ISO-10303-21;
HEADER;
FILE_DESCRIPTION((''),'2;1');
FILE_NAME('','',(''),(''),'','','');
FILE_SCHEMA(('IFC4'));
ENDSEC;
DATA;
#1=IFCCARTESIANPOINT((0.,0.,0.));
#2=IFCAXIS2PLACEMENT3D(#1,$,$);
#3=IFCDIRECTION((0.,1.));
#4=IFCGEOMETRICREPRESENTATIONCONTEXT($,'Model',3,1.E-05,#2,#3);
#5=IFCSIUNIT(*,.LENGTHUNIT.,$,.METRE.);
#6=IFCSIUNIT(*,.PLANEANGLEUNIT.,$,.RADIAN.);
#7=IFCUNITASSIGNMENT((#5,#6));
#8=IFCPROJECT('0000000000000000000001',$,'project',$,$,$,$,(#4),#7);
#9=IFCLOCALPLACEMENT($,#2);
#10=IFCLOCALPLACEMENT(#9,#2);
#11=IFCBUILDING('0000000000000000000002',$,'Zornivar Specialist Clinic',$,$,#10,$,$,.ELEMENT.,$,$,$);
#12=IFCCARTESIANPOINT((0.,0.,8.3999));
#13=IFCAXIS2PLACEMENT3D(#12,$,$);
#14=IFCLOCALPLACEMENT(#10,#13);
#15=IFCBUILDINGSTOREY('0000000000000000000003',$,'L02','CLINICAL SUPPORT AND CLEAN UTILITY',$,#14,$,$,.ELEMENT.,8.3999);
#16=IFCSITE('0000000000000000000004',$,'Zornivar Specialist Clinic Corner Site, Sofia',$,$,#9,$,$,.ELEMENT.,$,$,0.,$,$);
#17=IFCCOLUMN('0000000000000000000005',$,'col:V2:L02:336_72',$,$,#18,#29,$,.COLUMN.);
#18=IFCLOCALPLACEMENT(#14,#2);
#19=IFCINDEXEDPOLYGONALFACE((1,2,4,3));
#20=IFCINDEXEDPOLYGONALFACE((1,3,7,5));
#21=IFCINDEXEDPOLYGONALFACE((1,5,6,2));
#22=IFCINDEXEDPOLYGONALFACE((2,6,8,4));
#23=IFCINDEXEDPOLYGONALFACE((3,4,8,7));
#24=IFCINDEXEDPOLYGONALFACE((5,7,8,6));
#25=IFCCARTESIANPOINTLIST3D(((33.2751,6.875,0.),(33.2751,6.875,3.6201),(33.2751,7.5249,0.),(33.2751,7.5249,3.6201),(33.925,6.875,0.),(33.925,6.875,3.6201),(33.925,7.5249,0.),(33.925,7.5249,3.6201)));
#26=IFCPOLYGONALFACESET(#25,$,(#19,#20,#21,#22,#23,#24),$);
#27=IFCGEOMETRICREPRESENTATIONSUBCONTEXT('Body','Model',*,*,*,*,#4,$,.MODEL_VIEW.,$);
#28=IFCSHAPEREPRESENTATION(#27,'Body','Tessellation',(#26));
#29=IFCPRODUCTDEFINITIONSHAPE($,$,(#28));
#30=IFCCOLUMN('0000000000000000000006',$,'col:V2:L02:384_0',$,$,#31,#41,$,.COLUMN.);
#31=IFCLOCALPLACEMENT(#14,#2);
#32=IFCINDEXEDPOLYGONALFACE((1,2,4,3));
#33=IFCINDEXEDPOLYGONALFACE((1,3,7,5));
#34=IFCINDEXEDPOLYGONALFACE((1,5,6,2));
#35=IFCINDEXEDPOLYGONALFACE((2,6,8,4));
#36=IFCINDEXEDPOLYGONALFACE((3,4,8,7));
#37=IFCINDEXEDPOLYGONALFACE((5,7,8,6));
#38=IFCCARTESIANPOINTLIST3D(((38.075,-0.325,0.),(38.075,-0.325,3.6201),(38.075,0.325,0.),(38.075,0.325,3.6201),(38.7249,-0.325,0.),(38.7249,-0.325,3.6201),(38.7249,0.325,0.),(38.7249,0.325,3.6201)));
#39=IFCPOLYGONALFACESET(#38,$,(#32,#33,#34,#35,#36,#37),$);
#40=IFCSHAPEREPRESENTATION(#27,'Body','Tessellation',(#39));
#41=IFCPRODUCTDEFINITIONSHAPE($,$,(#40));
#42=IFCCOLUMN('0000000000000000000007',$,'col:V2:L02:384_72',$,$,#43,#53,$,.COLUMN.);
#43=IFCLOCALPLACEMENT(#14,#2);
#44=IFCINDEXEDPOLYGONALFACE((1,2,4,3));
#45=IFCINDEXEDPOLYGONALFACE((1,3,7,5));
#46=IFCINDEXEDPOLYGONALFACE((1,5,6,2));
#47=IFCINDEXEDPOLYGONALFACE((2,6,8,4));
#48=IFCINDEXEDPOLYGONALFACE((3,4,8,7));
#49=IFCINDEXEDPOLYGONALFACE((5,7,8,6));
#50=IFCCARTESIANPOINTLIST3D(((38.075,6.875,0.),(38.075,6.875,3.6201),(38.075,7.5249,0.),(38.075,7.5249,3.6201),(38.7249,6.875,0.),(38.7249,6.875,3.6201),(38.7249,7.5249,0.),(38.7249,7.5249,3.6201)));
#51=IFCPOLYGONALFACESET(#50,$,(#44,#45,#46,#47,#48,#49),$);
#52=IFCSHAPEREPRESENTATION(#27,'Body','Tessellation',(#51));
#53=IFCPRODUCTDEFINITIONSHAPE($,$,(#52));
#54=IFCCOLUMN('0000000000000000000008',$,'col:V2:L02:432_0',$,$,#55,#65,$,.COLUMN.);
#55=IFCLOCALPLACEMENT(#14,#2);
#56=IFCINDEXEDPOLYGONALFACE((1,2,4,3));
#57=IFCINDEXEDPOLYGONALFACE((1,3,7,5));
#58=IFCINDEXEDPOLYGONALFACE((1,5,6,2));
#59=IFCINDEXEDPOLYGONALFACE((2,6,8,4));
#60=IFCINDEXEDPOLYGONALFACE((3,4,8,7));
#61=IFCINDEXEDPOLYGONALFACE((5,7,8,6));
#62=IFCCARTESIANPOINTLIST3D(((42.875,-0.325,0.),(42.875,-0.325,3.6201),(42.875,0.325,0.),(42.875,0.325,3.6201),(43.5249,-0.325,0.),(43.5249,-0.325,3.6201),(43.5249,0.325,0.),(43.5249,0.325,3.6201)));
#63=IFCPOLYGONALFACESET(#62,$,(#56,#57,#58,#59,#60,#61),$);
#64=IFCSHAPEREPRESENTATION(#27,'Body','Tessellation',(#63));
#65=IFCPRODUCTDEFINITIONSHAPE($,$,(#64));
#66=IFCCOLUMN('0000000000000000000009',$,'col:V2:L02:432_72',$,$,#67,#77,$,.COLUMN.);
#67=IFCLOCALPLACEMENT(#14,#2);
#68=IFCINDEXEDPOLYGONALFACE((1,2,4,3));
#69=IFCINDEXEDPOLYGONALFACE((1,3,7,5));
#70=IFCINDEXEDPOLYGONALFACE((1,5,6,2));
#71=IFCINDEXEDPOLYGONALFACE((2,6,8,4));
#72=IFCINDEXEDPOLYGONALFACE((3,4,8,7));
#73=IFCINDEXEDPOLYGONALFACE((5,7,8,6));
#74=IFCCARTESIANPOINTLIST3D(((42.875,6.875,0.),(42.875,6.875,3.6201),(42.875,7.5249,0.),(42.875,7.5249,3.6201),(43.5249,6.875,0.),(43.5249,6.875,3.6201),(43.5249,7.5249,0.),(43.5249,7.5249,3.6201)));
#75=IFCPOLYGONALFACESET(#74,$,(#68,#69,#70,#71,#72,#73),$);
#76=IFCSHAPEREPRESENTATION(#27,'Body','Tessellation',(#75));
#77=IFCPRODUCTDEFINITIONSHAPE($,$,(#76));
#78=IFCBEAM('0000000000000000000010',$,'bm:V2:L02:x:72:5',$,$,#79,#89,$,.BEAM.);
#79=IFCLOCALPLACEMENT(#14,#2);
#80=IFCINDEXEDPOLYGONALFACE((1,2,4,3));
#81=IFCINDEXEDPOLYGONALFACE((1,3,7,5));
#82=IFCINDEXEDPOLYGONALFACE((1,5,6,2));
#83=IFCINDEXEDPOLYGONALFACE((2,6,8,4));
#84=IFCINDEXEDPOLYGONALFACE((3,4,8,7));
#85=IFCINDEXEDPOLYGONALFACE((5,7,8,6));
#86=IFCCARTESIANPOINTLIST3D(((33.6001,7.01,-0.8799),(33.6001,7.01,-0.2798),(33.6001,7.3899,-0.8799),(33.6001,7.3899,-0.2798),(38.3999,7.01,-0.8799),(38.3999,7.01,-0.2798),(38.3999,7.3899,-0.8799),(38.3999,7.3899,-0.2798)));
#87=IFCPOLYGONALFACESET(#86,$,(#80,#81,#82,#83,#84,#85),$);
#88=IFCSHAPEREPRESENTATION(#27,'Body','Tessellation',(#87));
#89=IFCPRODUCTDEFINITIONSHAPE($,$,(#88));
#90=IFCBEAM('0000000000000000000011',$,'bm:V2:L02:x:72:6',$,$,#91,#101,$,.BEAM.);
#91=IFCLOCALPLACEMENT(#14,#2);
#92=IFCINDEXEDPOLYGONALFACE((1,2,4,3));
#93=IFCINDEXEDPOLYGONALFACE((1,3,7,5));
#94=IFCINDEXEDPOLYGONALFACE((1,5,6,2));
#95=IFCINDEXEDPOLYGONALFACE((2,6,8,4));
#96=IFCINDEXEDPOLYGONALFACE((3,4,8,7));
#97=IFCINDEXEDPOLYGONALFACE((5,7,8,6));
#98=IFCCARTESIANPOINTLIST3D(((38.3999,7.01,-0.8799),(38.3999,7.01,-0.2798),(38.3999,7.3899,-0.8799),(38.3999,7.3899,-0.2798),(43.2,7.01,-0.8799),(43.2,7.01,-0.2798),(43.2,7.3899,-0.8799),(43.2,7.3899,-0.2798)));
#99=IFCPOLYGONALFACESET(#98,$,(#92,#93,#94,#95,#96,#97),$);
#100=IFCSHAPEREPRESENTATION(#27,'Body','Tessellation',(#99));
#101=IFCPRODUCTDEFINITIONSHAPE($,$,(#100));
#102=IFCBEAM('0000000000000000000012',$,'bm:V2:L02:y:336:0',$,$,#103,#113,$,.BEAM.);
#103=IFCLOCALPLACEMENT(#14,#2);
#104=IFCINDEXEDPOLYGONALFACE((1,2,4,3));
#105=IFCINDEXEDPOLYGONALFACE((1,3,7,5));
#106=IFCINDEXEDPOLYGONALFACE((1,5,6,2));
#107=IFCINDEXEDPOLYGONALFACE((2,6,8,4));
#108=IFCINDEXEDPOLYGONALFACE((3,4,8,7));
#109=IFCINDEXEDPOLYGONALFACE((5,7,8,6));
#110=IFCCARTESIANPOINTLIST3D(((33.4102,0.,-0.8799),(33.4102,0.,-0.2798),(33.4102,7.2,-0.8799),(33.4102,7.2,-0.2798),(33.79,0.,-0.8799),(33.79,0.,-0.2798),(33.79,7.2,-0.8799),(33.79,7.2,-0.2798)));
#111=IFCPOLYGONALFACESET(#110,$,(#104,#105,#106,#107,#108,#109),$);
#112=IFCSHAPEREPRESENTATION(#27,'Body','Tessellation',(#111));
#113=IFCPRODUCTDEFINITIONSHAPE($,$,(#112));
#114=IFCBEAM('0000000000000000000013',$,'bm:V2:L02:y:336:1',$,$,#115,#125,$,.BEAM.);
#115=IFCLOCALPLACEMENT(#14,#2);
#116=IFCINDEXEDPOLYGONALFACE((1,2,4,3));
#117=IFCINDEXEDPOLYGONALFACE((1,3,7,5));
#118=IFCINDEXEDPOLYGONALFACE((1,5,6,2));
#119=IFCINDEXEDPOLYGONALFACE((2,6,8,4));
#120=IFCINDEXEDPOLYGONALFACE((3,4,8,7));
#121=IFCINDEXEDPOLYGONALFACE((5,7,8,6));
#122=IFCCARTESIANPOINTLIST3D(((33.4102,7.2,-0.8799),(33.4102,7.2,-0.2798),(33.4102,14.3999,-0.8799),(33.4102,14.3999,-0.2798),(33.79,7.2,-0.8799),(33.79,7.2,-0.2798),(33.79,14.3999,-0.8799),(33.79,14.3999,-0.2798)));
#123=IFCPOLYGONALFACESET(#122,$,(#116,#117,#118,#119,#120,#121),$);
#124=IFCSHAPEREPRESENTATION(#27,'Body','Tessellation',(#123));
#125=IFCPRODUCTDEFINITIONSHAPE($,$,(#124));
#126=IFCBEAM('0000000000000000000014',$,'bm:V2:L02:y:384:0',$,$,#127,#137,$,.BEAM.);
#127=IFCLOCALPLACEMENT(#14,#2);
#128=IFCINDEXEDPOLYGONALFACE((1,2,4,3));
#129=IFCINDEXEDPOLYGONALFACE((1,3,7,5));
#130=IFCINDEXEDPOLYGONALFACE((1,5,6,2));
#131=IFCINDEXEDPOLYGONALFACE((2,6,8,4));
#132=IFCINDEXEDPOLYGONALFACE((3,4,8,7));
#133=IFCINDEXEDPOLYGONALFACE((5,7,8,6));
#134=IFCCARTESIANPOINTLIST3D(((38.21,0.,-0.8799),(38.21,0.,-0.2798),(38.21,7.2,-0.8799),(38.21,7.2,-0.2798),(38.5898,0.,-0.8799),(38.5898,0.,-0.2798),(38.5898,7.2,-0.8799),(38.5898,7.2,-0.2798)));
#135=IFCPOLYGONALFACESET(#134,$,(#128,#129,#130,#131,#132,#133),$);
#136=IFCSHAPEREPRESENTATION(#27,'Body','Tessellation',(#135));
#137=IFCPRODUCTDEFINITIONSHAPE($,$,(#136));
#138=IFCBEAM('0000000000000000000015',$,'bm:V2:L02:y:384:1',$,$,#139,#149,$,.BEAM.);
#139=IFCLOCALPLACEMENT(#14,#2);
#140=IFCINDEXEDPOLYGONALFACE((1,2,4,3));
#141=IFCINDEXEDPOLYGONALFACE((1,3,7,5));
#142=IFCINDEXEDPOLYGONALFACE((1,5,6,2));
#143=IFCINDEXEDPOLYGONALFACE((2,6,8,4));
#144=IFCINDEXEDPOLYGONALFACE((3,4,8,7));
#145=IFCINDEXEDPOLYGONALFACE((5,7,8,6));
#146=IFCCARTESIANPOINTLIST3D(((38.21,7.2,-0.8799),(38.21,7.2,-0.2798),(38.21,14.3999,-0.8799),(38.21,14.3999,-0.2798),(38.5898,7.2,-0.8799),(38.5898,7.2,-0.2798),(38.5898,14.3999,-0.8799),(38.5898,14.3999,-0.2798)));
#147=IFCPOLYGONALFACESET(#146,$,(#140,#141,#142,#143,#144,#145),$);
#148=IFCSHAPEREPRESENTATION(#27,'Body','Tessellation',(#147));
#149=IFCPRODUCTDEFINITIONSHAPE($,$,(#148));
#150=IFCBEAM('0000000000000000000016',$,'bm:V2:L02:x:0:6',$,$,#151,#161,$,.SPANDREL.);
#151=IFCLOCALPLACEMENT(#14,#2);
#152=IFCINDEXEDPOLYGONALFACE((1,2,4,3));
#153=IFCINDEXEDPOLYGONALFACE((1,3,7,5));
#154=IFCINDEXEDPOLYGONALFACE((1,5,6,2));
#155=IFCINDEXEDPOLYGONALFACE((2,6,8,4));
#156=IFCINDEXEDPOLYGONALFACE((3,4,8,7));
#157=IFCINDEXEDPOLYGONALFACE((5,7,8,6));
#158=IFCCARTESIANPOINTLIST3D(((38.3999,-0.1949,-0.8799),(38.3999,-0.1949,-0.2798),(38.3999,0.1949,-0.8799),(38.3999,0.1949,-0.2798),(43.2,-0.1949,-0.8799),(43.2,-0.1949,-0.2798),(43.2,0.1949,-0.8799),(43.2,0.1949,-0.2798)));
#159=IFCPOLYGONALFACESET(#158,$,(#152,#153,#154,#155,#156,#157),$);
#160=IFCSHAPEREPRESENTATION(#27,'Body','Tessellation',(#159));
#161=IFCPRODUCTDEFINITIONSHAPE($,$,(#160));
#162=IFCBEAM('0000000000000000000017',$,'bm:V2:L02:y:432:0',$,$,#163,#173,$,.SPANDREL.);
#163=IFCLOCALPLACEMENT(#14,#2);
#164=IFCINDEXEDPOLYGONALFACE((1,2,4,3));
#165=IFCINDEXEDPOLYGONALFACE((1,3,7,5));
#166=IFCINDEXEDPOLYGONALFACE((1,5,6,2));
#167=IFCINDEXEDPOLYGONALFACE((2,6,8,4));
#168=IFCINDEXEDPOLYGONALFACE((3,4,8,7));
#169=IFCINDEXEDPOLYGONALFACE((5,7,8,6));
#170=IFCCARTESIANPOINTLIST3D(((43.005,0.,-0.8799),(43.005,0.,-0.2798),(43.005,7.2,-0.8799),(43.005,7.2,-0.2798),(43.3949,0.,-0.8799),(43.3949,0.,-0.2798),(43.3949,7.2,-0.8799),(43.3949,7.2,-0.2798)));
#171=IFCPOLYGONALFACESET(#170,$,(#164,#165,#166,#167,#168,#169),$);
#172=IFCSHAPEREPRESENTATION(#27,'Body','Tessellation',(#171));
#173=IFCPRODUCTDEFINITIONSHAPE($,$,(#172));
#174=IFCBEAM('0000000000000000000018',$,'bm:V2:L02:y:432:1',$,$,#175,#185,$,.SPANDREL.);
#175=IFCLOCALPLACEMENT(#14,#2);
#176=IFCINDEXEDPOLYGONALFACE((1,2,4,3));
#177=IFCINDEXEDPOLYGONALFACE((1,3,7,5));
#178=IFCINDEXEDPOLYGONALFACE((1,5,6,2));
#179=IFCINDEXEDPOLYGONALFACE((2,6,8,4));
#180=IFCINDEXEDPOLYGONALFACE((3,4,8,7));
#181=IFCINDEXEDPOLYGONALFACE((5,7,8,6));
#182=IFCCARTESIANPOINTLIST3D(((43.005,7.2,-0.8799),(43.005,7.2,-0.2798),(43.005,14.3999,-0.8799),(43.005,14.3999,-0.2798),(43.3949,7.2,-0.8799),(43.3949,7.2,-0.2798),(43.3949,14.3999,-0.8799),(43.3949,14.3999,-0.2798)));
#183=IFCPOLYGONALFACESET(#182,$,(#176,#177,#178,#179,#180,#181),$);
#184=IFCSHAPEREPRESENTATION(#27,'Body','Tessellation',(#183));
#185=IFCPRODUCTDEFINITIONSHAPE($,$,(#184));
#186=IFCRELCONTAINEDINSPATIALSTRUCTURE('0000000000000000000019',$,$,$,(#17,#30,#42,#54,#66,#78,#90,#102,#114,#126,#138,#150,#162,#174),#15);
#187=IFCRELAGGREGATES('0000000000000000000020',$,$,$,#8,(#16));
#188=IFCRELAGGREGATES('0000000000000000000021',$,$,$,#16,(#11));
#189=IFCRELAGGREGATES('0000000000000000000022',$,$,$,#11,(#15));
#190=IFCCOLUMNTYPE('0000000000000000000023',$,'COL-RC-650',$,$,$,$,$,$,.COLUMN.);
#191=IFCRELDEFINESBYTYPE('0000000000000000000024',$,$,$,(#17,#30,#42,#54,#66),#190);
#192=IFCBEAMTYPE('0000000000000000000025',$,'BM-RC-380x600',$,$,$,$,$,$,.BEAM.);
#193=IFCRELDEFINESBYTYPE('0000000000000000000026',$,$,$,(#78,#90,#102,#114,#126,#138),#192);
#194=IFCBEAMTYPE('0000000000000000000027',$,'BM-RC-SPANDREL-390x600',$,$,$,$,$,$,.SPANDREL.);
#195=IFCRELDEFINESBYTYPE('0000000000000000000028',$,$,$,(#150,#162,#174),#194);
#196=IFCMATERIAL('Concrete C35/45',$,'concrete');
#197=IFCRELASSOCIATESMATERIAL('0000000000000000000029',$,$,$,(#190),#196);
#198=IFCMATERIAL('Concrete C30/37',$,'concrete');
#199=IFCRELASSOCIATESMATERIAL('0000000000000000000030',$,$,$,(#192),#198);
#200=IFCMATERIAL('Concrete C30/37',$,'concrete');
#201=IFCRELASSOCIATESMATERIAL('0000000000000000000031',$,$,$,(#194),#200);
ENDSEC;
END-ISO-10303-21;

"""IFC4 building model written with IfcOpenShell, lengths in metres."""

from ifc_helpers import new_model, si_unit, direction, frame, origin, origin_2d, place, context, subcontext, project, spatial, rectangle, extrude, material, material_profile, profile_set, type_object, element, save


model = new_model("IFC4")

# Units and contexts
model_context = context("Model", 3, precision=1e-05, world=origin(), true_north=direction((0.0, 1.0)))
body_context = subcontext(model_context, "Body", "Model", "MODEL_VIEW")
ifc_project = project(units=[si_unit("LENGTHUNIT", "METRE"), si_unit("PLANEANGLEUNIT", "RADIAN")], contexts=[model_context])

# Site, building, storey
site_placement = place(None, origin())
site = spatial("IfcSite", under=ifc_project, at=site_placement, Name="Zornivar Specialist Clinic Corner Site, Sofia", CompositionType="ELEMENT", RefElevation=0.0)
building_placement = place(site_placement, origin())
building = spatial("IfcBuilding", under=site, at=building_placement, Name="Zornivar Specialist Clinic", CompositionType="ELEMENT")
storey_placement = place(building_placement, frame((0.0, 0.0, 8.3999)))
storey = spatial("IfcBuildingStorey", under=building, at=storey_placement, Name="L02", Description="CLINICAL SUPPORT AND CLEAN UTILITY", CompositionType="ELEMENT", Elevation=8.3999)

# Columns
ifc_material_1 = material(Name="Concrete C35/45", Category="concrete")
ifc_material_profile_1 = material_profile(ifc_material_1, rectangle(XDim=0.6499, YDim=0.6499, at=origin_2d()), Name="RC 650x650")
ifc_profile_set_1 = profile_set([ifc_material_profile_1], Name="Concrete C35/45")
column_type = type_object("IfcColumnType", Name="COL-RC-650", PredefinedType="COLUMN", material=ifc_profile_set_1)
for number, where, z_axis, x_axis, name in (
    (1, (33.6001, 7.2, 0.0), (0.0, 0.0, 1.0), (1.0, 0.0, 0.0), "col:V2:L02:336_72"),
    (2, (38.3999, 0.0, 0.0), (0.0, 0.0, 1.0), (1.0, 0.0, 0.0), "col:V2:L02:384_0"),
    (3, (38.3999, 7.2, 0.0), (0.0, 0.0, 1.0), (1.0, 0.0, 0.0), "col:V2:L02:384_72"),
    (4, (43.2, 0.0, 0.0), (0.0, 0.0, 1.0), (1.0, 0.0, 0.0), "col:V2:L02:432_0"),
    (5, (43.2, 7.2, 0.0), (0.0, 0.0, 1.0), (1.0, 0.0, 0.0), "col:V2:L02:432_72"),
):
    element("IfcColumn", number, at=place(storey_placement, frame(where, z_axis=z_axis, x_axis=x_axis)), inside=storey, type_object=column_type, Name=name, PredefinedType="COLUMN", context=body_context, shape_type="SweptSolid", body=[
        extrude(rectangle(XDim=0.6499, YDim=0.6499, at=origin_2d()), origin(), (0.0, 0.0, 1.0), 3.6201),
    ])

# Beams
ifc_material_2 = material(Name="Concrete C30/37", Category="concrete")
ifc_material_profile_2 = material_profile(ifc_material_2, rectangle(XDim=0.3799, YDim=0.6001, at=origin_2d()), Name="RC 380x600")
ifc_profile_set_2 = profile_set([ifc_material_profile_2], Name="Concrete C30/37")
beam_type_1 = type_object("IfcBeamType", Name="BM-RC-380x600", PredefinedType="BEAM", material=ifc_profile_set_2)
beam_1_placement = place(storey_placement, frame((33.6001, 7.2, -0.5798), z_axis=(1.0, 0.0, 0.0), x_axis=(0.0, 1.0, 0.0)))
element("IfcBeam", 6, at=beam_1_placement, inside=storey, type_object=beam_type_1, Name="bm:V2:L02:x:72:5", PredefinedType="BEAM", context=body_context, shape_type="SweptSolid", body=[
    extrude(rectangle(XDim=0.3799, YDim=0.6001, at=origin_2d()), origin(), (0.0, 0.0, 1.0), 4.7998),
])
beam_2_placement = place(storey_placement, frame((38.3999, 7.2, -0.5798), z_axis=(1.0, 0.0, 0.0), x_axis=(0.0, 1.0, 0.0)))
element("IfcBeam", 7, at=beam_2_placement, inside=storey, type_object=beam_type_1, Name="bm:V2:L02:x:72:6", PredefinedType="BEAM", context=body_context, shape_type="SweptSolid", body=[
    extrude(rectangle(XDim=0.3799, YDim=0.6001, at=origin_2d()), origin(), (0.0, 0.0, 1.0), 4.8),
])
for number, where, z_axis, x_axis, name in (
    (8, (33.6001, 0.0, -0.5798), (0.0, 1.0, 0.0), (-1.0, 0.0, 0.0), "bm:V2:L02:y:336:0"),
    (9, (33.6001, 7.2, -0.5798), (0.0, 1.0, 0.0), (-1.0, 0.0, 0.0), "bm:V2:L02:y:336:1"),
    (10, (38.3999, 0.0, -0.5798), (0.0, 1.0, 0.0), (-1.0, 0.0, 0.0), "bm:V2:L02:y:384:0"),
    (11, (38.3999, 7.2, -0.5798), (0.0, 1.0, 0.0), (-1.0, 0.0, 0.0), "bm:V2:L02:y:384:1"),
):
    element("IfcBeam", number, at=place(storey_placement, frame(where, z_axis=z_axis, x_axis=x_axis)), inside=storey, type_object=beam_type_1, Name=name, PredefinedType="BEAM", context=body_context, shape_type="SweptSolid", body=[
        extrude(rectangle(XDim=0.3799, YDim=0.6001, at=origin_2d()), origin(), (0.0, 0.0, 1.0), 7.2),
    ])
ifc_material_3 = material(Name="Concrete C30/37", Category="concrete")
ifc_material_profile_3 = material_profile(ifc_material_3, rectangle(XDim=0.3899, YDim=0.6001, at=origin_2d()), Name="RC 390x600")
ifc_profile_set_3 = profile_set([ifc_material_profile_3], Name="Concrete C30/37")
beam_type_2 = type_object("IfcBeamType", Name="BM-RC-SPANDREL-390x600", PredefinedType="SPANDREL", material=ifc_profile_set_3)
beam_3_placement = place(storey_placement, frame((38.3999, 0.0, -0.5798), z_axis=(1.0, 0.0, 0.0), x_axis=(0.0, 1.0, 0.0)))
element("IfcBeam", 12, at=beam_3_placement, inside=storey, type_object=beam_type_2, Name="bm:V2:L02:x:0:6", PredefinedType="SPANDREL", context=body_context, shape_type="SweptSolid", body=[
    extrude(rectangle(XDim=0.3899, YDim=0.6001, at=origin_2d()), origin(), (0.0, 0.0, 1.0), 4.8),
])
for number, where, z_axis, x_axis, name in (
    (13, (43.2, 0.0, -0.5798), (0.0, 1.0, 0.0), (-1.0, 0.0, 0.0), "bm:V2:L02:y:432:0"),
    (14, (43.2, 7.2, -0.5798), (0.0, 1.0, 0.0), (-1.0, 0.0, 0.0), "bm:V2:L02:y:432:1"),
):
    element("IfcBeam", number, at=place(storey_placement, frame(where, z_axis=z_axis, x_axis=x_axis)), inside=storey, type_object=beam_type_2, Name=name, PredefinedType="SPANDREL", context=body_context, shape_type="SweptSolid", body=[
        extrude(rectangle(XDim=0.3899, YDim=0.6001, at=origin_2d()), origin(), (0.0, 0.0, 1.0), 7.2),
    ])

save(model, "model.ifc")
